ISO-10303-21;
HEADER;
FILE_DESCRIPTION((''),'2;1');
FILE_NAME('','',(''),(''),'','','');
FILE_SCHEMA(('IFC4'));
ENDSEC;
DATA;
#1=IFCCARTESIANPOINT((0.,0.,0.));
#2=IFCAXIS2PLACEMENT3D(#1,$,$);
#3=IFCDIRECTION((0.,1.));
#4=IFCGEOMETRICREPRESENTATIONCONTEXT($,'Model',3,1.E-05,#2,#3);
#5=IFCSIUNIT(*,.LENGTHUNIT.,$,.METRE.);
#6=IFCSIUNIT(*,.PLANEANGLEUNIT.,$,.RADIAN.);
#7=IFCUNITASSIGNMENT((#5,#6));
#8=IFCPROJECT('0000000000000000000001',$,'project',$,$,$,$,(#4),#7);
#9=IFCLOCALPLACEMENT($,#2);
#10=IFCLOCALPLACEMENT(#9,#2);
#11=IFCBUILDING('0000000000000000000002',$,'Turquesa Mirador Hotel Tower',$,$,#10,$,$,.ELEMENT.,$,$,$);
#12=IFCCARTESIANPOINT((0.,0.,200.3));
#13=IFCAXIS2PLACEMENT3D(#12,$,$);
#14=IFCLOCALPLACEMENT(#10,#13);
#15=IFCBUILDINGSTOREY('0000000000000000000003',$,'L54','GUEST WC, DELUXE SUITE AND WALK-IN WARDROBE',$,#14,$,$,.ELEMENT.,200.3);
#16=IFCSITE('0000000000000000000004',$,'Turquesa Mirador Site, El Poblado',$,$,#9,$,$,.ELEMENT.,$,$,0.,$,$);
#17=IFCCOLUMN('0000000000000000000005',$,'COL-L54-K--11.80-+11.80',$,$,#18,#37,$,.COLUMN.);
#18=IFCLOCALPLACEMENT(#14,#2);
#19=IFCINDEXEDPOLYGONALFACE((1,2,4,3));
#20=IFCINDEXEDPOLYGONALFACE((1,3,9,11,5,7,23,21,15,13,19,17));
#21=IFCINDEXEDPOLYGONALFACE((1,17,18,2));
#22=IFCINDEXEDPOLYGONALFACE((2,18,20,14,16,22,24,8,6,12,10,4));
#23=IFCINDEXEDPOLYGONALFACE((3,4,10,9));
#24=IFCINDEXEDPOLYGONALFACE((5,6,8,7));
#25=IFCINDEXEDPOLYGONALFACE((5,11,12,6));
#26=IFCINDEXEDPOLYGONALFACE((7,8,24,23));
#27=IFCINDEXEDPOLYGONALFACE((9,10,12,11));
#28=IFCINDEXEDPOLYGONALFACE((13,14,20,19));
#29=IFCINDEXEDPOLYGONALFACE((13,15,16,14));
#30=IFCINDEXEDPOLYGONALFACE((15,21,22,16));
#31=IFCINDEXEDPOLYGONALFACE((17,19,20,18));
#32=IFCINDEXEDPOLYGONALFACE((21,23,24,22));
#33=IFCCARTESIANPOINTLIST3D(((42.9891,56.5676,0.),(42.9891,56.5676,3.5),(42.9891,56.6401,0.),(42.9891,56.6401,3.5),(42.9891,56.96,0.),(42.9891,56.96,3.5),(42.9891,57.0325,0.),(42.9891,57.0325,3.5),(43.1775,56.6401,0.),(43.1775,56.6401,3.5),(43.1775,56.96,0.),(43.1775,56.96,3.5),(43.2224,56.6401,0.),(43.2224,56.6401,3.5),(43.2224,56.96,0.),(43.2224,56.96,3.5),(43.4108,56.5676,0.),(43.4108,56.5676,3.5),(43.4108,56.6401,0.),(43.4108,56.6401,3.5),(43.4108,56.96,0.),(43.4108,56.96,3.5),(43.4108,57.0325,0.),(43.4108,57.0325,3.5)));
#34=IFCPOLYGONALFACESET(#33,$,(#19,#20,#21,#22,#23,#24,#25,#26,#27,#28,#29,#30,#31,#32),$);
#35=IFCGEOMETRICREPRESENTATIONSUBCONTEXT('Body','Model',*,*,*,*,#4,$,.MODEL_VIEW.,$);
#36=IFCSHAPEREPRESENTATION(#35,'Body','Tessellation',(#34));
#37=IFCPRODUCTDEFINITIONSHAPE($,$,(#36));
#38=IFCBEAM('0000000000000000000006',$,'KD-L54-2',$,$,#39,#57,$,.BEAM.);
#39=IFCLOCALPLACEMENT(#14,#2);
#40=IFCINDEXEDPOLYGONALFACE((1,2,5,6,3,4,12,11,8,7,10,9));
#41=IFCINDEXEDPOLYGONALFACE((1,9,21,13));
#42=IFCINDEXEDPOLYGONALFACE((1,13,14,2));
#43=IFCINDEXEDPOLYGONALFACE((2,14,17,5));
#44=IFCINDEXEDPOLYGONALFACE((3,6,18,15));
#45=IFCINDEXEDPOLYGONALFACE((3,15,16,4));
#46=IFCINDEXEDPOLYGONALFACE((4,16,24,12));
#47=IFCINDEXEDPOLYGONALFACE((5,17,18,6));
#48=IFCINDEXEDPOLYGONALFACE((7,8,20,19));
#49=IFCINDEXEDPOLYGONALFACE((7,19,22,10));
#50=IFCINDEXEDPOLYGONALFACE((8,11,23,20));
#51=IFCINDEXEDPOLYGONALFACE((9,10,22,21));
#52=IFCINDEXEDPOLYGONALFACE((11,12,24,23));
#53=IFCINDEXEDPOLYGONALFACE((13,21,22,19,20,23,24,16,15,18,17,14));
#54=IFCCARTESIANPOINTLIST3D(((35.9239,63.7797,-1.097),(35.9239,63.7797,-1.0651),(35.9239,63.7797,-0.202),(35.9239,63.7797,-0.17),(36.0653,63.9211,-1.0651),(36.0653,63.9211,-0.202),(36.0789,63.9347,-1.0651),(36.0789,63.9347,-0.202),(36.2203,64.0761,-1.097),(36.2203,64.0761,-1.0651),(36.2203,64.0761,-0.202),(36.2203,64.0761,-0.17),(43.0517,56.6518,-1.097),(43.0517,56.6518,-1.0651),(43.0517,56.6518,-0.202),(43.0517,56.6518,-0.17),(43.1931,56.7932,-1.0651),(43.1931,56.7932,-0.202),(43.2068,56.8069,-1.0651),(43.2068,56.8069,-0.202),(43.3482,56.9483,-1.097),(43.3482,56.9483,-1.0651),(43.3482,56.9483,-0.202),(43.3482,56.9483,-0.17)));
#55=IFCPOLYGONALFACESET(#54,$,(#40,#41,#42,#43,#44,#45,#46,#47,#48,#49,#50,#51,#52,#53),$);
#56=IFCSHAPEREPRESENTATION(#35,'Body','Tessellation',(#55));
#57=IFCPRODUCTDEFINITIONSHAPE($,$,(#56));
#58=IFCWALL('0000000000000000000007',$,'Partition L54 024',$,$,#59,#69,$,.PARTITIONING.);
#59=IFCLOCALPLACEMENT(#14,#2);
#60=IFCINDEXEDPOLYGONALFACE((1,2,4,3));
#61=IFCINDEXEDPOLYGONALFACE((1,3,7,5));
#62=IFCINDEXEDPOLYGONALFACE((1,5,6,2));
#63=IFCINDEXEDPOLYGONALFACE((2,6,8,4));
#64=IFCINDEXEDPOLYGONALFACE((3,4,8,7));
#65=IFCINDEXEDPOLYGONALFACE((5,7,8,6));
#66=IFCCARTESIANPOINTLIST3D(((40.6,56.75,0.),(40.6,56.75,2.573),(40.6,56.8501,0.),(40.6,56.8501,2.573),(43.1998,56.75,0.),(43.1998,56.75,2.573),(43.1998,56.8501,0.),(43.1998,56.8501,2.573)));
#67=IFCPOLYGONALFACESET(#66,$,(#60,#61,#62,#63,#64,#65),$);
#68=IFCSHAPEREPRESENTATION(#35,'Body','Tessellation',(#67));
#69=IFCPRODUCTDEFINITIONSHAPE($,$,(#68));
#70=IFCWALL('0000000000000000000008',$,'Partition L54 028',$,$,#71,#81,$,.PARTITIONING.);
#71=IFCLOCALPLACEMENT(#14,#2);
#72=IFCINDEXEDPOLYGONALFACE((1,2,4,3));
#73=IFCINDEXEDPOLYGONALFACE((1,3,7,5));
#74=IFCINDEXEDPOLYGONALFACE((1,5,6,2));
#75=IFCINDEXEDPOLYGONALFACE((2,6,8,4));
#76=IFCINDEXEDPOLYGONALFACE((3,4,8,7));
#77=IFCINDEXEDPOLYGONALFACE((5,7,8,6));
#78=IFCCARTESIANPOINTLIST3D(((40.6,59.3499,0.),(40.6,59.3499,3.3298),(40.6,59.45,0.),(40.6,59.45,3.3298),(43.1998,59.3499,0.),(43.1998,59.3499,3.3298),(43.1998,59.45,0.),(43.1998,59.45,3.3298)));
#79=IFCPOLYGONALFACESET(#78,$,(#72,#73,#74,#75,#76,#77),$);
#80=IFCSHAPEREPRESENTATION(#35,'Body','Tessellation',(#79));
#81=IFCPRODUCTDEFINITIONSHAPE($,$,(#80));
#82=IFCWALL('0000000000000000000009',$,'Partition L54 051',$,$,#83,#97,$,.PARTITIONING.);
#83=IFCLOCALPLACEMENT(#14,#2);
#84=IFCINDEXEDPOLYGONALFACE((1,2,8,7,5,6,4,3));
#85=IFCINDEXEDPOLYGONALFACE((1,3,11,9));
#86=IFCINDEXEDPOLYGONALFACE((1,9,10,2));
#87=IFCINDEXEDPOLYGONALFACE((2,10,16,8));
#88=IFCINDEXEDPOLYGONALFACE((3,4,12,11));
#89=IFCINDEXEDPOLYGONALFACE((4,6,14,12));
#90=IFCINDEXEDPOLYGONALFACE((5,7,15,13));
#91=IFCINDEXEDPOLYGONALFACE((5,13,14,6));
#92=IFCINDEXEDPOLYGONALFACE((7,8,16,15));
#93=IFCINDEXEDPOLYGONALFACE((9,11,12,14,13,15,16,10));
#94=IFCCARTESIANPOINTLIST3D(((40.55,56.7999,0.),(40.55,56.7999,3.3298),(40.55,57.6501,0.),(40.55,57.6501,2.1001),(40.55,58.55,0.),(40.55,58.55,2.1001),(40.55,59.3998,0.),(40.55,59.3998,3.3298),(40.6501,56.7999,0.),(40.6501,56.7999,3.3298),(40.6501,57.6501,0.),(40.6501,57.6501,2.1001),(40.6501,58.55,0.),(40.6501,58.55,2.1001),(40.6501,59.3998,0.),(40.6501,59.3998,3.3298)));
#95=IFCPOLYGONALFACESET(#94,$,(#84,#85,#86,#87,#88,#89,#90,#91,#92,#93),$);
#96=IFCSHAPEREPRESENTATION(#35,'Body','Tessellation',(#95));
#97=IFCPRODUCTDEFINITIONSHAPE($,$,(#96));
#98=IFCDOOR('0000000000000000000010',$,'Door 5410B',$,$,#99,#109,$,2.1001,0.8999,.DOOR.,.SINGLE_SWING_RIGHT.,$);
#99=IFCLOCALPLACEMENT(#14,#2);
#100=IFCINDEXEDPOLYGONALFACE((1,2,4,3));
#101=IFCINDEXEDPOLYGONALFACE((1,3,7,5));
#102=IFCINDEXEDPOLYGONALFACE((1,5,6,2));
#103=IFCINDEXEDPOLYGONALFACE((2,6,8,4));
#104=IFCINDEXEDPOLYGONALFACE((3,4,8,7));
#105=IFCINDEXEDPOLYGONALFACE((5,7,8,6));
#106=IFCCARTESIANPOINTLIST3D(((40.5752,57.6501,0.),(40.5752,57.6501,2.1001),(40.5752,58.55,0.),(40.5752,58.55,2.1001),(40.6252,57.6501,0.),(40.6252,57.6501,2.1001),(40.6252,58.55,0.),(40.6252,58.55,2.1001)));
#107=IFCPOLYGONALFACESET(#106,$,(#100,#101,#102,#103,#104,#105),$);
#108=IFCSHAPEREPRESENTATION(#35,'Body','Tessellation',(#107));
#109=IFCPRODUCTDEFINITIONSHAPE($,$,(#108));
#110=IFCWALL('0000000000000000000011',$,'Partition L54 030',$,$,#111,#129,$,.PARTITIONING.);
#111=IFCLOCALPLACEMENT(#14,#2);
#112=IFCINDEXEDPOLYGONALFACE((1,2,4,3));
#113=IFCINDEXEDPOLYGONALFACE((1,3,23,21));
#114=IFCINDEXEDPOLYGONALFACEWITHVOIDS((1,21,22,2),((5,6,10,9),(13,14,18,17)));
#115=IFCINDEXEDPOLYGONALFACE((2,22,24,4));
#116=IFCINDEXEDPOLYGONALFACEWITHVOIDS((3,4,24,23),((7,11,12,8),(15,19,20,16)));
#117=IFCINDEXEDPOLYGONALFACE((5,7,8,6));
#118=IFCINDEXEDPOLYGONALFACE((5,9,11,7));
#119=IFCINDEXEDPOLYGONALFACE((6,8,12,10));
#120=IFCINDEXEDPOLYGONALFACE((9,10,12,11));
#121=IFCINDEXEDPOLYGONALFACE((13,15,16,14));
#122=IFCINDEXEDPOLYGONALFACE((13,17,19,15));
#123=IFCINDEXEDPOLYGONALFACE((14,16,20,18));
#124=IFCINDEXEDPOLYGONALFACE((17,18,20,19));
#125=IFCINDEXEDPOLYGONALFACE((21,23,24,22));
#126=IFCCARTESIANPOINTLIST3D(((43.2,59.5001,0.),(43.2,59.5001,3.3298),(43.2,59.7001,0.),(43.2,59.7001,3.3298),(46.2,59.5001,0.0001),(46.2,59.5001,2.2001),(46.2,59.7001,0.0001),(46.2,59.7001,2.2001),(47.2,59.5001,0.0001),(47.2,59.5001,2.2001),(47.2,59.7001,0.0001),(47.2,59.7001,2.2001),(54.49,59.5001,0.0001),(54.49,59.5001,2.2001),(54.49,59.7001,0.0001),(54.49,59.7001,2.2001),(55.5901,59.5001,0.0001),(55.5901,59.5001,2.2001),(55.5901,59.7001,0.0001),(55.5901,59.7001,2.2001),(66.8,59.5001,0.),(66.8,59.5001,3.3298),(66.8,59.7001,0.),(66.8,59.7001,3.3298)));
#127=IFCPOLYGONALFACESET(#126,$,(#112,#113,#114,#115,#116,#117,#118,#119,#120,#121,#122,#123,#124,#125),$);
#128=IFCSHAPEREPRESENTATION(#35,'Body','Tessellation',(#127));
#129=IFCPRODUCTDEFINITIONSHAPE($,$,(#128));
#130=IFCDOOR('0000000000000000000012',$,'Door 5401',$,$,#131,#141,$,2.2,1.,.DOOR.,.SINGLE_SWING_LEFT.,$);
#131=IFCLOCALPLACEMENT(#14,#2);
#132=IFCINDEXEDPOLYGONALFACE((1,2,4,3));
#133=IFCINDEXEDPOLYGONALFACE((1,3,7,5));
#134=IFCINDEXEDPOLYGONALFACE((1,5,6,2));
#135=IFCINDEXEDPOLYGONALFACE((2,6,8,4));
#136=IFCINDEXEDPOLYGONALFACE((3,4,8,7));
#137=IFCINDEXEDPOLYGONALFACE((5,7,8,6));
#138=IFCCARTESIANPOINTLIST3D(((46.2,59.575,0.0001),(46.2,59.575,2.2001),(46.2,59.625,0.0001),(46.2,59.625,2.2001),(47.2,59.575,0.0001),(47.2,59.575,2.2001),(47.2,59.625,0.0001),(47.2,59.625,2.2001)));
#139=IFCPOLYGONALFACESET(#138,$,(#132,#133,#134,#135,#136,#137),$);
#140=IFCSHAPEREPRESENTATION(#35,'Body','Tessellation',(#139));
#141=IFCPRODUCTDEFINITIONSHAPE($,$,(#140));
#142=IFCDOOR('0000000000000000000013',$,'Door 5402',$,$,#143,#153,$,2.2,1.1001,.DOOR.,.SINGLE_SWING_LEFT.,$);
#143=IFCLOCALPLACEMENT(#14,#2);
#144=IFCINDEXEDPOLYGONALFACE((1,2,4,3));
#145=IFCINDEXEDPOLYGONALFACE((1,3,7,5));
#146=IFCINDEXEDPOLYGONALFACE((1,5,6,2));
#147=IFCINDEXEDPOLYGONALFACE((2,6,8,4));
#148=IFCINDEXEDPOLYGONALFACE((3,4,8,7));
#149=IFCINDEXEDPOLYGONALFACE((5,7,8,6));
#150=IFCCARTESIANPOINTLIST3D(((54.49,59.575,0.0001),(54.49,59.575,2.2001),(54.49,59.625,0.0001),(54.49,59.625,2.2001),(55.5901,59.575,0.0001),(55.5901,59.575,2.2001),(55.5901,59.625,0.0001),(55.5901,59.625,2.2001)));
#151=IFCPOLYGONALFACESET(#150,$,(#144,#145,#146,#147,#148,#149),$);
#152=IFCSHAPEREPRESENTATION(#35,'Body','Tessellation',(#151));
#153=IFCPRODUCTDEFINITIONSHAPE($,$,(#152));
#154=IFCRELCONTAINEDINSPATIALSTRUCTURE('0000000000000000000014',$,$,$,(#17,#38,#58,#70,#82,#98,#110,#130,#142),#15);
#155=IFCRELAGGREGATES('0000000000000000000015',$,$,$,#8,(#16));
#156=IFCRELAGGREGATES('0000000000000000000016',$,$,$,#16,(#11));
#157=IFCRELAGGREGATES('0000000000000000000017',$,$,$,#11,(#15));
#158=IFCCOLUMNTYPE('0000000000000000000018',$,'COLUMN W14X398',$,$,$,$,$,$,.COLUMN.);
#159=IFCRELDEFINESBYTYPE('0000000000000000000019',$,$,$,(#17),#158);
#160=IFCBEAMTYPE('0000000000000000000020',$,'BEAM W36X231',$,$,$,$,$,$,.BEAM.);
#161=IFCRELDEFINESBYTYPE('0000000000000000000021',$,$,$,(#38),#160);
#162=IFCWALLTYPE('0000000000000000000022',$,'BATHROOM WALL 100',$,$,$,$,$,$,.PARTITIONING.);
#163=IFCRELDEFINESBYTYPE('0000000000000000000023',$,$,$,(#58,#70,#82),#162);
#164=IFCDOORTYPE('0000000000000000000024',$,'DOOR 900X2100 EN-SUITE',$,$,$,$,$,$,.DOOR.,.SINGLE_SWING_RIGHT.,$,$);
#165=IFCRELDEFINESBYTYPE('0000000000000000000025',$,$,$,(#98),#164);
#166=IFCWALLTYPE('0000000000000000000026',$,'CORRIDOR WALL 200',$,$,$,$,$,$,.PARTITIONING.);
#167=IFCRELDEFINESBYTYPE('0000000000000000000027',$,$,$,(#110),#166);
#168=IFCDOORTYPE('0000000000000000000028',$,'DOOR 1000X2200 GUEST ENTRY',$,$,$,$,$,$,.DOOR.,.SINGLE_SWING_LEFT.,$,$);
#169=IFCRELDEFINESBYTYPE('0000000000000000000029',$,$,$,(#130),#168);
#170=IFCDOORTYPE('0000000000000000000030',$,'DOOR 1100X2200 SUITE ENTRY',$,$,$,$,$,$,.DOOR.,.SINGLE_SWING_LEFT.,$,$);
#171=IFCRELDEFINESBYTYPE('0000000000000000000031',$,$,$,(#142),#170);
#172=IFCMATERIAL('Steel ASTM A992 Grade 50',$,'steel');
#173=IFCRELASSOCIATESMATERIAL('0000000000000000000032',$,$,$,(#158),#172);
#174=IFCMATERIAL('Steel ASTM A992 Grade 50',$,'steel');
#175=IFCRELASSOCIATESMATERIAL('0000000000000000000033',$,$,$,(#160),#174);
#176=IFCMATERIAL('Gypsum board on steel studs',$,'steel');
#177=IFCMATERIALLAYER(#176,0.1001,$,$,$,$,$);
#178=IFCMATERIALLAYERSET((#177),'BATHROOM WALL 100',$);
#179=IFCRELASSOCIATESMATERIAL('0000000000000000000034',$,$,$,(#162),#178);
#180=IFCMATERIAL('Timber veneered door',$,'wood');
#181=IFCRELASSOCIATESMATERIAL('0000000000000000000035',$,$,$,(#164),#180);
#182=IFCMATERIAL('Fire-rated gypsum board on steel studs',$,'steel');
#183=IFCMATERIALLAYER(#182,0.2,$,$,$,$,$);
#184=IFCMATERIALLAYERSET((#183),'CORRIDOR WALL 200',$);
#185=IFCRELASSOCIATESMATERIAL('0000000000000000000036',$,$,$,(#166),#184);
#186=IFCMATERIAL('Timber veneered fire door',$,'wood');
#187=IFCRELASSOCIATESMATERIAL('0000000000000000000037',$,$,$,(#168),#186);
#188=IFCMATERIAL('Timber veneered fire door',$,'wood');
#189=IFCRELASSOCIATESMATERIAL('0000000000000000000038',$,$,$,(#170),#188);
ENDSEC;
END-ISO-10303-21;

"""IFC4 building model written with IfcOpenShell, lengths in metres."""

from ifc_helpers import new_model, si_unit, direction, frame, frame_2d, origin, origin_2d, place, context, subcontext, project, spatial, rectangle, i_section, extrude, material, layer, layer_set, material_profile, profile_set, type_object, element, fill, save


model = new_model("IFC4")

# Units and contexts
model_context = context("Model", 3, precision=1e-05, world=origin(), true_north=direction((0.0, 1.0)))
body_context = subcontext(model_context, "Body", "Model", "MODEL_VIEW")
ifc_project = project(units=[si_unit("LENGTHUNIT", "METRE"), si_unit("PLANEANGLEUNIT", "RADIAN")], contexts=[model_context])

# Site, building, storey
site_placement = place(None, origin())
site = spatial("IfcSite", under=ifc_project, at=site_placement, Name="Turquesa Mirador Site, El Poblado", CompositionType="ELEMENT", RefElevation=0.0)
building_placement = place(site_placement, origin())
building = spatial("IfcBuilding", under=site, at=building_placement, Name="Turquesa Mirador Hotel Tower", CompositionType="ELEMENT")
storey_placement = place(building_placement, frame((0.0, 0.0, 200.3)))
storey = spatial("IfcBuildingStorey", under=building, at=storey_placement, Name="L54", Description="GUEST WC, DELUXE SUITE AND WALK-IN WARDROBE", CompositionType="ELEMENT", Elevation=200.3)

# Column
ifc_material_1 = material(Name="Steel ASTM A992 Grade 50", Category="steel")
ifc_material_profile_1 = material_profile(ifc_material_1, i_section(OverallWidth=0.4216, OverallDepth=0.4648, WebThickness=0.0449, FlangeThickness=0.0725, at=origin_2d()), Name="W14X398")
ifc_profile_set_1 = profile_set([ifc_material_profile_1], Name="Steel ASTM A992 Grade 50")
column_type = type_object("IfcColumnType", Name="COLUMN W14X398", PredefinedType="COLUMN", material=ifc_profile_set_1)
column_placement = place(storey_placement, frame((43.2, 56.8, 0.0), z_axis=(0.0, 0.0, 1.0), x_axis=(1.0, 0.0, 0.0)))
element("IfcColumn", 1, at=column_placement, inside=storey, type_object=column_type, Name="COL-L54-K--11.80-+11.80", PredefinedType="COLUMN", context=body_context, shape_type="SweptSolid", body=[
    extrude(i_section(OverallWidth=0.4216, OverallDepth=0.4648, WebThickness=0.0449, FlangeThickness=0.0725, at=origin_2d()), origin(), (0.0, 0.0, 1.0), 3.5),
])

# Beam
ifc_material_2 = material(Name="Steel ASTM A992 Grade 50", Category="steel")
ifc_material_profile_2 = material_profile(ifc_material_2, i_section(OverallWidth=0.4192, OverallDepth=0.927, WebThickness=0.0193, FlangeThickness=0.032, at=origin_2d()), Name="W36X231")
ifc_profile_set_2 = profile_set([ifc_material_profile_2], Name="Steel ASTM A992 Grade 50")
beam_type = type_object("IfcBeamType", Name="BEAM W36X231", PredefinedType="BEAM", material=ifc_profile_set_2)
beam_placement = place(storey_placement, frame((43.2, 56.8, -0.6335), z_axis=(-0.707107, 0.707107, 0.0), x_axis=(-0.707107, -0.707107, 0.0)))
element("IfcBeam", 2, at=beam_placement, inside=storey, type_object=beam_type, Name="KD-L54-2", PredefinedType="BEAM", context=body_context, shape_type="SweptSolid", body=[
    extrude(i_section(OverallWidth=0.4192, OverallDepth=0.927, WebThickness=0.0193, FlangeThickness=0.032, at=origin_2d()), origin(), (0.0, 0.0, 1.0), 10.0803),
])

# Walls
ifc_material_3 = material(Name="Gypsum board on steel studs", Category="steel")
ifc_layer_1 = layer(ifc_material_3, 0.1001)
ifc_layer_set_1 = layer_set([ifc_layer_1], Name="BATHROOM WALL 100")
wall_type_1 = type_object("IfcWallType", Name="BATHROOM WALL 100", PredefinedType="PARTITIONING", material=ifc_layer_set_1)
wall_1_placement = place(storey_placement, frame((40.6001, 56.8, 0.0), z_axis=(0.0, 0.0, 1.0), x_axis=(1.0, 0.0, 0.0)))
element("IfcWall", 3, at=wall_1_placement, inside=storey, type_object=wall_type_1, Name="Partition L54 024", PredefinedType="PARTITIONING", context=body_context, shape_type="SweptSolid", body=[
    extrude(rectangle(XDim=2.5999, YDim=0.1001, at=frame_2d((1.2998, 0.0))), origin(), (0.0, 0.0, 1.0), 2.573),
])
wall_2_placement = place(storey_placement, frame((40.6001, 59.3999, 0.0), z_axis=(0.0, 0.0, 1.0), x_axis=(1.0, 0.0, 0.0)))
element("IfcWall", 4, at=wall_2_placement, inside=storey, type_object=wall_type_1, Name="Partition L54 028", PredefinedType="PARTITIONING", context=body_context, shape_type="SweptSolid", body=[
    extrude(rectangle(XDim=2.5999, YDim=0.1001, at=frame_2d((1.2998, 0.0))), origin(), (0.0, 0.0, 1.0), 3.3298),
])

# Wall, opening, door
wall_3_placement = place(storey_placement, frame((40.6001, 56.8, 0.0), z_axis=(0.0, 0.0, 1.0), x_axis=(0.0, 1.0, 0.0)))
wall_3 = element("IfcWall", 5, at=wall_3_placement, inside=storey, type_object=wall_type_1, Name="Partition L54 051", PredefinedType="PARTITIONING", context=body_context, shape_type="SweptSolid", body=[
    extrude(rectangle(XDim=2.5999, YDim=0.1001, at=frame_2d((1.2998, 0.0))), origin(), (0.0, 0.0, 1.0), 3.3298),
])
opening_1_placement = place(wall_3_placement, frame((0.8501, 0.0, 0.0)))
opening_1 = element("IfcOpeningElement", 6, at=opening_1_placement, cuts=wall_3, PredefinedType="OPENING", context=body_context, shape_type="SweptSolid", body=[
    extrude(rectangle(XDim=0.8999, YDim=2.1001, at=frame_2d((0.45, 1.05))), frame((0.0, 0.0601, 0.0), z_axis=(0.0, -1.0, 0.0), x_axis=(1.0, 0.0, 0.0)), (0.0, 0.0, 1.0), 0.1201),
])
ifc_material_4 = material(Name="Timber veneered door", Category="wood")
door_type_1 = type_object("IfcDoorType", Name="DOOR 900X2100 EN-SUITE", OperationType="SINGLE_SWING_RIGHT", PredefinedType="DOOR", material=ifc_material_4)
door_1_placement = place(opening_1_placement, origin())
door_1 = element("IfcDoor", 7, at=door_1_placement, inside=storey, type_object=door_type_1, Name="Door 5410B", OperationType="SINGLE_SWING_RIGHT", OverallHeight=2.1001, OverallWidth=0.8999, PredefinedType="DOOR", context=body_context, shape_type="SweptSolid", body=[
    extrude(rectangle(XDim=0.8999, YDim=2.1001, at=frame_2d((0.45, 1.05))), frame((0.0, 0.0249, 0.0), z_axis=(0.0, -1.0, 0.0), x_axis=(1.0, 0.0, 0.0)), (0.0, 0.0, 1.0), 0.05),
])
fill(opening_1, door_1)

# Wall, openings, doors
ifc_material_5 = material(Name="Fire-rated gypsum board on steel studs", Category="steel")
ifc_layer_2 = layer(ifc_material_5, 0.2)
ifc_layer_set_2 = layer_set([ifc_layer_2], Name="CORRIDOR WALL 200")
wall_type_2 = type_object("IfcWallType", Name="CORRIDOR WALL 200", PredefinedType="PARTITIONING", material=ifc_layer_set_2)
wall_4_placement = place(storey_placement, frame((43.2, 59.6001, 0.0), z_axis=(0.0, 0.0, 1.0), x_axis=(1.0, 0.0, 0.0)))
wall_4 = element("IfcWall", 8, at=wall_4_placement, inside=storey, type_object=wall_type_2, Name="Partition L54 030", PredefinedType="PARTITIONING", context=body_context, shape_type="SweptSolid", body=[
    extrude(rectangle(XDim=23.6001, YDim=0.2, at=frame_2d((11.8, 0.0))), origin(), (0.0, 0.0, 1.0), 3.3298),
])
opening_2_placement = place(wall_4_placement, frame((3.0, 0.0, 0.0)))
opening_2 = element("IfcOpeningElement", 9, at=opening_2_placement, cuts=wall_4, PredefinedType="OPENING", context=body_context, shape_type="SweptSolid", body=[
    extrude(rectangle(XDim=1.0, YDim=2.2, at=frame_2d((0.5, 1.1001))), frame((0.0, 0.1099, 0.0), z_axis=(0.0, -1.0, 0.0), x_axis=(1.0, 0.0, 0.0)), (0.0, 0.0, 1.0), 0.22),
])
opening_3_placement = place(wall_4_placement, frame((11.29, 0.0, 0.0)))
opening_3 = element("IfcOpeningElement", 10, at=opening_3_placement, cuts=wall_4, PredefinedType="OPENING", context=body_context, shape_type="SweptSolid", body=[
    extrude(rectangle(XDim=1.1001, YDim=2.2, at=frame_2d((0.55, 1.1001))), frame((0.0, 0.1099, 0.0), z_axis=(0.0, -1.0, 0.0), x_axis=(1.0, 0.0, 0.0)), (0.0, 0.0, 1.0), 0.22),
])
ifc_material_6 = material(Name="Timber veneered fire door", Category="wood")
door_type_2 = type_object("IfcDoorType", Name="DOOR 1000X2200 GUEST ENTRY", OperationType="SINGLE_SWING_LEFT", PredefinedType="DOOR", material=ifc_material_6)
door_2_placement = place(opening_2_placement, origin())
door_2 = element("IfcDoor", 11, at=door_2_placement, inside=storey, type_object=door_type_2, Name="Door 5401", OperationType="SINGLE_SWING_LEFT", OverallHeight=2.2, OverallWidth=1.0, PredefinedType="DOOR", context=body_context, shape_type="SweptSolid", body=[
    extrude(rectangle(XDim=1.0, YDim=2.2, at=frame_2d((0.5, 1.1001))), frame((0.0, 0.0249, 0.0), z_axis=(0.0, -1.0, 0.0), x_axis=(1.0, 0.0, 0.0)), (0.0, 0.0, 1.0), 0.05),
])
fill(opening_2, door_2)
ifc_material_7 = material(Name="Timber veneered fire door", Category="wood")
door_type_3 = type_object("IfcDoorType", Name="DOOR 1100X2200 SUITE ENTRY", OperationType="SINGLE_SWING_LEFT", PredefinedType="DOOR", material=ifc_material_7)
door_3_placement = place(opening_3_placement, origin())
door_3 = element("IfcDoor", 12, at=door_3_placement, inside=storey, type_object=door_type_3, Name="Door 5402", OperationType="SINGLE_SWING_LEFT", OverallHeight=2.2, OverallWidth=1.1001, PredefinedType="DOOR", context=body_context, shape_type="SweptSolid", body=[
    extrude(rectangle(XDim=1.1001, YDim=2.2, at=frame_2d((0.55, 1.1001))), frame((0.0, 0.0249, 0.0), z_axis=(0.0, -1.0, 0.0), x_axis=(1.0, 0.0, 0.0)), (0.0, 0.0, 1.0), 0.05),
])
fill(opening_3, door_3)

save(model, "model.ifc")
